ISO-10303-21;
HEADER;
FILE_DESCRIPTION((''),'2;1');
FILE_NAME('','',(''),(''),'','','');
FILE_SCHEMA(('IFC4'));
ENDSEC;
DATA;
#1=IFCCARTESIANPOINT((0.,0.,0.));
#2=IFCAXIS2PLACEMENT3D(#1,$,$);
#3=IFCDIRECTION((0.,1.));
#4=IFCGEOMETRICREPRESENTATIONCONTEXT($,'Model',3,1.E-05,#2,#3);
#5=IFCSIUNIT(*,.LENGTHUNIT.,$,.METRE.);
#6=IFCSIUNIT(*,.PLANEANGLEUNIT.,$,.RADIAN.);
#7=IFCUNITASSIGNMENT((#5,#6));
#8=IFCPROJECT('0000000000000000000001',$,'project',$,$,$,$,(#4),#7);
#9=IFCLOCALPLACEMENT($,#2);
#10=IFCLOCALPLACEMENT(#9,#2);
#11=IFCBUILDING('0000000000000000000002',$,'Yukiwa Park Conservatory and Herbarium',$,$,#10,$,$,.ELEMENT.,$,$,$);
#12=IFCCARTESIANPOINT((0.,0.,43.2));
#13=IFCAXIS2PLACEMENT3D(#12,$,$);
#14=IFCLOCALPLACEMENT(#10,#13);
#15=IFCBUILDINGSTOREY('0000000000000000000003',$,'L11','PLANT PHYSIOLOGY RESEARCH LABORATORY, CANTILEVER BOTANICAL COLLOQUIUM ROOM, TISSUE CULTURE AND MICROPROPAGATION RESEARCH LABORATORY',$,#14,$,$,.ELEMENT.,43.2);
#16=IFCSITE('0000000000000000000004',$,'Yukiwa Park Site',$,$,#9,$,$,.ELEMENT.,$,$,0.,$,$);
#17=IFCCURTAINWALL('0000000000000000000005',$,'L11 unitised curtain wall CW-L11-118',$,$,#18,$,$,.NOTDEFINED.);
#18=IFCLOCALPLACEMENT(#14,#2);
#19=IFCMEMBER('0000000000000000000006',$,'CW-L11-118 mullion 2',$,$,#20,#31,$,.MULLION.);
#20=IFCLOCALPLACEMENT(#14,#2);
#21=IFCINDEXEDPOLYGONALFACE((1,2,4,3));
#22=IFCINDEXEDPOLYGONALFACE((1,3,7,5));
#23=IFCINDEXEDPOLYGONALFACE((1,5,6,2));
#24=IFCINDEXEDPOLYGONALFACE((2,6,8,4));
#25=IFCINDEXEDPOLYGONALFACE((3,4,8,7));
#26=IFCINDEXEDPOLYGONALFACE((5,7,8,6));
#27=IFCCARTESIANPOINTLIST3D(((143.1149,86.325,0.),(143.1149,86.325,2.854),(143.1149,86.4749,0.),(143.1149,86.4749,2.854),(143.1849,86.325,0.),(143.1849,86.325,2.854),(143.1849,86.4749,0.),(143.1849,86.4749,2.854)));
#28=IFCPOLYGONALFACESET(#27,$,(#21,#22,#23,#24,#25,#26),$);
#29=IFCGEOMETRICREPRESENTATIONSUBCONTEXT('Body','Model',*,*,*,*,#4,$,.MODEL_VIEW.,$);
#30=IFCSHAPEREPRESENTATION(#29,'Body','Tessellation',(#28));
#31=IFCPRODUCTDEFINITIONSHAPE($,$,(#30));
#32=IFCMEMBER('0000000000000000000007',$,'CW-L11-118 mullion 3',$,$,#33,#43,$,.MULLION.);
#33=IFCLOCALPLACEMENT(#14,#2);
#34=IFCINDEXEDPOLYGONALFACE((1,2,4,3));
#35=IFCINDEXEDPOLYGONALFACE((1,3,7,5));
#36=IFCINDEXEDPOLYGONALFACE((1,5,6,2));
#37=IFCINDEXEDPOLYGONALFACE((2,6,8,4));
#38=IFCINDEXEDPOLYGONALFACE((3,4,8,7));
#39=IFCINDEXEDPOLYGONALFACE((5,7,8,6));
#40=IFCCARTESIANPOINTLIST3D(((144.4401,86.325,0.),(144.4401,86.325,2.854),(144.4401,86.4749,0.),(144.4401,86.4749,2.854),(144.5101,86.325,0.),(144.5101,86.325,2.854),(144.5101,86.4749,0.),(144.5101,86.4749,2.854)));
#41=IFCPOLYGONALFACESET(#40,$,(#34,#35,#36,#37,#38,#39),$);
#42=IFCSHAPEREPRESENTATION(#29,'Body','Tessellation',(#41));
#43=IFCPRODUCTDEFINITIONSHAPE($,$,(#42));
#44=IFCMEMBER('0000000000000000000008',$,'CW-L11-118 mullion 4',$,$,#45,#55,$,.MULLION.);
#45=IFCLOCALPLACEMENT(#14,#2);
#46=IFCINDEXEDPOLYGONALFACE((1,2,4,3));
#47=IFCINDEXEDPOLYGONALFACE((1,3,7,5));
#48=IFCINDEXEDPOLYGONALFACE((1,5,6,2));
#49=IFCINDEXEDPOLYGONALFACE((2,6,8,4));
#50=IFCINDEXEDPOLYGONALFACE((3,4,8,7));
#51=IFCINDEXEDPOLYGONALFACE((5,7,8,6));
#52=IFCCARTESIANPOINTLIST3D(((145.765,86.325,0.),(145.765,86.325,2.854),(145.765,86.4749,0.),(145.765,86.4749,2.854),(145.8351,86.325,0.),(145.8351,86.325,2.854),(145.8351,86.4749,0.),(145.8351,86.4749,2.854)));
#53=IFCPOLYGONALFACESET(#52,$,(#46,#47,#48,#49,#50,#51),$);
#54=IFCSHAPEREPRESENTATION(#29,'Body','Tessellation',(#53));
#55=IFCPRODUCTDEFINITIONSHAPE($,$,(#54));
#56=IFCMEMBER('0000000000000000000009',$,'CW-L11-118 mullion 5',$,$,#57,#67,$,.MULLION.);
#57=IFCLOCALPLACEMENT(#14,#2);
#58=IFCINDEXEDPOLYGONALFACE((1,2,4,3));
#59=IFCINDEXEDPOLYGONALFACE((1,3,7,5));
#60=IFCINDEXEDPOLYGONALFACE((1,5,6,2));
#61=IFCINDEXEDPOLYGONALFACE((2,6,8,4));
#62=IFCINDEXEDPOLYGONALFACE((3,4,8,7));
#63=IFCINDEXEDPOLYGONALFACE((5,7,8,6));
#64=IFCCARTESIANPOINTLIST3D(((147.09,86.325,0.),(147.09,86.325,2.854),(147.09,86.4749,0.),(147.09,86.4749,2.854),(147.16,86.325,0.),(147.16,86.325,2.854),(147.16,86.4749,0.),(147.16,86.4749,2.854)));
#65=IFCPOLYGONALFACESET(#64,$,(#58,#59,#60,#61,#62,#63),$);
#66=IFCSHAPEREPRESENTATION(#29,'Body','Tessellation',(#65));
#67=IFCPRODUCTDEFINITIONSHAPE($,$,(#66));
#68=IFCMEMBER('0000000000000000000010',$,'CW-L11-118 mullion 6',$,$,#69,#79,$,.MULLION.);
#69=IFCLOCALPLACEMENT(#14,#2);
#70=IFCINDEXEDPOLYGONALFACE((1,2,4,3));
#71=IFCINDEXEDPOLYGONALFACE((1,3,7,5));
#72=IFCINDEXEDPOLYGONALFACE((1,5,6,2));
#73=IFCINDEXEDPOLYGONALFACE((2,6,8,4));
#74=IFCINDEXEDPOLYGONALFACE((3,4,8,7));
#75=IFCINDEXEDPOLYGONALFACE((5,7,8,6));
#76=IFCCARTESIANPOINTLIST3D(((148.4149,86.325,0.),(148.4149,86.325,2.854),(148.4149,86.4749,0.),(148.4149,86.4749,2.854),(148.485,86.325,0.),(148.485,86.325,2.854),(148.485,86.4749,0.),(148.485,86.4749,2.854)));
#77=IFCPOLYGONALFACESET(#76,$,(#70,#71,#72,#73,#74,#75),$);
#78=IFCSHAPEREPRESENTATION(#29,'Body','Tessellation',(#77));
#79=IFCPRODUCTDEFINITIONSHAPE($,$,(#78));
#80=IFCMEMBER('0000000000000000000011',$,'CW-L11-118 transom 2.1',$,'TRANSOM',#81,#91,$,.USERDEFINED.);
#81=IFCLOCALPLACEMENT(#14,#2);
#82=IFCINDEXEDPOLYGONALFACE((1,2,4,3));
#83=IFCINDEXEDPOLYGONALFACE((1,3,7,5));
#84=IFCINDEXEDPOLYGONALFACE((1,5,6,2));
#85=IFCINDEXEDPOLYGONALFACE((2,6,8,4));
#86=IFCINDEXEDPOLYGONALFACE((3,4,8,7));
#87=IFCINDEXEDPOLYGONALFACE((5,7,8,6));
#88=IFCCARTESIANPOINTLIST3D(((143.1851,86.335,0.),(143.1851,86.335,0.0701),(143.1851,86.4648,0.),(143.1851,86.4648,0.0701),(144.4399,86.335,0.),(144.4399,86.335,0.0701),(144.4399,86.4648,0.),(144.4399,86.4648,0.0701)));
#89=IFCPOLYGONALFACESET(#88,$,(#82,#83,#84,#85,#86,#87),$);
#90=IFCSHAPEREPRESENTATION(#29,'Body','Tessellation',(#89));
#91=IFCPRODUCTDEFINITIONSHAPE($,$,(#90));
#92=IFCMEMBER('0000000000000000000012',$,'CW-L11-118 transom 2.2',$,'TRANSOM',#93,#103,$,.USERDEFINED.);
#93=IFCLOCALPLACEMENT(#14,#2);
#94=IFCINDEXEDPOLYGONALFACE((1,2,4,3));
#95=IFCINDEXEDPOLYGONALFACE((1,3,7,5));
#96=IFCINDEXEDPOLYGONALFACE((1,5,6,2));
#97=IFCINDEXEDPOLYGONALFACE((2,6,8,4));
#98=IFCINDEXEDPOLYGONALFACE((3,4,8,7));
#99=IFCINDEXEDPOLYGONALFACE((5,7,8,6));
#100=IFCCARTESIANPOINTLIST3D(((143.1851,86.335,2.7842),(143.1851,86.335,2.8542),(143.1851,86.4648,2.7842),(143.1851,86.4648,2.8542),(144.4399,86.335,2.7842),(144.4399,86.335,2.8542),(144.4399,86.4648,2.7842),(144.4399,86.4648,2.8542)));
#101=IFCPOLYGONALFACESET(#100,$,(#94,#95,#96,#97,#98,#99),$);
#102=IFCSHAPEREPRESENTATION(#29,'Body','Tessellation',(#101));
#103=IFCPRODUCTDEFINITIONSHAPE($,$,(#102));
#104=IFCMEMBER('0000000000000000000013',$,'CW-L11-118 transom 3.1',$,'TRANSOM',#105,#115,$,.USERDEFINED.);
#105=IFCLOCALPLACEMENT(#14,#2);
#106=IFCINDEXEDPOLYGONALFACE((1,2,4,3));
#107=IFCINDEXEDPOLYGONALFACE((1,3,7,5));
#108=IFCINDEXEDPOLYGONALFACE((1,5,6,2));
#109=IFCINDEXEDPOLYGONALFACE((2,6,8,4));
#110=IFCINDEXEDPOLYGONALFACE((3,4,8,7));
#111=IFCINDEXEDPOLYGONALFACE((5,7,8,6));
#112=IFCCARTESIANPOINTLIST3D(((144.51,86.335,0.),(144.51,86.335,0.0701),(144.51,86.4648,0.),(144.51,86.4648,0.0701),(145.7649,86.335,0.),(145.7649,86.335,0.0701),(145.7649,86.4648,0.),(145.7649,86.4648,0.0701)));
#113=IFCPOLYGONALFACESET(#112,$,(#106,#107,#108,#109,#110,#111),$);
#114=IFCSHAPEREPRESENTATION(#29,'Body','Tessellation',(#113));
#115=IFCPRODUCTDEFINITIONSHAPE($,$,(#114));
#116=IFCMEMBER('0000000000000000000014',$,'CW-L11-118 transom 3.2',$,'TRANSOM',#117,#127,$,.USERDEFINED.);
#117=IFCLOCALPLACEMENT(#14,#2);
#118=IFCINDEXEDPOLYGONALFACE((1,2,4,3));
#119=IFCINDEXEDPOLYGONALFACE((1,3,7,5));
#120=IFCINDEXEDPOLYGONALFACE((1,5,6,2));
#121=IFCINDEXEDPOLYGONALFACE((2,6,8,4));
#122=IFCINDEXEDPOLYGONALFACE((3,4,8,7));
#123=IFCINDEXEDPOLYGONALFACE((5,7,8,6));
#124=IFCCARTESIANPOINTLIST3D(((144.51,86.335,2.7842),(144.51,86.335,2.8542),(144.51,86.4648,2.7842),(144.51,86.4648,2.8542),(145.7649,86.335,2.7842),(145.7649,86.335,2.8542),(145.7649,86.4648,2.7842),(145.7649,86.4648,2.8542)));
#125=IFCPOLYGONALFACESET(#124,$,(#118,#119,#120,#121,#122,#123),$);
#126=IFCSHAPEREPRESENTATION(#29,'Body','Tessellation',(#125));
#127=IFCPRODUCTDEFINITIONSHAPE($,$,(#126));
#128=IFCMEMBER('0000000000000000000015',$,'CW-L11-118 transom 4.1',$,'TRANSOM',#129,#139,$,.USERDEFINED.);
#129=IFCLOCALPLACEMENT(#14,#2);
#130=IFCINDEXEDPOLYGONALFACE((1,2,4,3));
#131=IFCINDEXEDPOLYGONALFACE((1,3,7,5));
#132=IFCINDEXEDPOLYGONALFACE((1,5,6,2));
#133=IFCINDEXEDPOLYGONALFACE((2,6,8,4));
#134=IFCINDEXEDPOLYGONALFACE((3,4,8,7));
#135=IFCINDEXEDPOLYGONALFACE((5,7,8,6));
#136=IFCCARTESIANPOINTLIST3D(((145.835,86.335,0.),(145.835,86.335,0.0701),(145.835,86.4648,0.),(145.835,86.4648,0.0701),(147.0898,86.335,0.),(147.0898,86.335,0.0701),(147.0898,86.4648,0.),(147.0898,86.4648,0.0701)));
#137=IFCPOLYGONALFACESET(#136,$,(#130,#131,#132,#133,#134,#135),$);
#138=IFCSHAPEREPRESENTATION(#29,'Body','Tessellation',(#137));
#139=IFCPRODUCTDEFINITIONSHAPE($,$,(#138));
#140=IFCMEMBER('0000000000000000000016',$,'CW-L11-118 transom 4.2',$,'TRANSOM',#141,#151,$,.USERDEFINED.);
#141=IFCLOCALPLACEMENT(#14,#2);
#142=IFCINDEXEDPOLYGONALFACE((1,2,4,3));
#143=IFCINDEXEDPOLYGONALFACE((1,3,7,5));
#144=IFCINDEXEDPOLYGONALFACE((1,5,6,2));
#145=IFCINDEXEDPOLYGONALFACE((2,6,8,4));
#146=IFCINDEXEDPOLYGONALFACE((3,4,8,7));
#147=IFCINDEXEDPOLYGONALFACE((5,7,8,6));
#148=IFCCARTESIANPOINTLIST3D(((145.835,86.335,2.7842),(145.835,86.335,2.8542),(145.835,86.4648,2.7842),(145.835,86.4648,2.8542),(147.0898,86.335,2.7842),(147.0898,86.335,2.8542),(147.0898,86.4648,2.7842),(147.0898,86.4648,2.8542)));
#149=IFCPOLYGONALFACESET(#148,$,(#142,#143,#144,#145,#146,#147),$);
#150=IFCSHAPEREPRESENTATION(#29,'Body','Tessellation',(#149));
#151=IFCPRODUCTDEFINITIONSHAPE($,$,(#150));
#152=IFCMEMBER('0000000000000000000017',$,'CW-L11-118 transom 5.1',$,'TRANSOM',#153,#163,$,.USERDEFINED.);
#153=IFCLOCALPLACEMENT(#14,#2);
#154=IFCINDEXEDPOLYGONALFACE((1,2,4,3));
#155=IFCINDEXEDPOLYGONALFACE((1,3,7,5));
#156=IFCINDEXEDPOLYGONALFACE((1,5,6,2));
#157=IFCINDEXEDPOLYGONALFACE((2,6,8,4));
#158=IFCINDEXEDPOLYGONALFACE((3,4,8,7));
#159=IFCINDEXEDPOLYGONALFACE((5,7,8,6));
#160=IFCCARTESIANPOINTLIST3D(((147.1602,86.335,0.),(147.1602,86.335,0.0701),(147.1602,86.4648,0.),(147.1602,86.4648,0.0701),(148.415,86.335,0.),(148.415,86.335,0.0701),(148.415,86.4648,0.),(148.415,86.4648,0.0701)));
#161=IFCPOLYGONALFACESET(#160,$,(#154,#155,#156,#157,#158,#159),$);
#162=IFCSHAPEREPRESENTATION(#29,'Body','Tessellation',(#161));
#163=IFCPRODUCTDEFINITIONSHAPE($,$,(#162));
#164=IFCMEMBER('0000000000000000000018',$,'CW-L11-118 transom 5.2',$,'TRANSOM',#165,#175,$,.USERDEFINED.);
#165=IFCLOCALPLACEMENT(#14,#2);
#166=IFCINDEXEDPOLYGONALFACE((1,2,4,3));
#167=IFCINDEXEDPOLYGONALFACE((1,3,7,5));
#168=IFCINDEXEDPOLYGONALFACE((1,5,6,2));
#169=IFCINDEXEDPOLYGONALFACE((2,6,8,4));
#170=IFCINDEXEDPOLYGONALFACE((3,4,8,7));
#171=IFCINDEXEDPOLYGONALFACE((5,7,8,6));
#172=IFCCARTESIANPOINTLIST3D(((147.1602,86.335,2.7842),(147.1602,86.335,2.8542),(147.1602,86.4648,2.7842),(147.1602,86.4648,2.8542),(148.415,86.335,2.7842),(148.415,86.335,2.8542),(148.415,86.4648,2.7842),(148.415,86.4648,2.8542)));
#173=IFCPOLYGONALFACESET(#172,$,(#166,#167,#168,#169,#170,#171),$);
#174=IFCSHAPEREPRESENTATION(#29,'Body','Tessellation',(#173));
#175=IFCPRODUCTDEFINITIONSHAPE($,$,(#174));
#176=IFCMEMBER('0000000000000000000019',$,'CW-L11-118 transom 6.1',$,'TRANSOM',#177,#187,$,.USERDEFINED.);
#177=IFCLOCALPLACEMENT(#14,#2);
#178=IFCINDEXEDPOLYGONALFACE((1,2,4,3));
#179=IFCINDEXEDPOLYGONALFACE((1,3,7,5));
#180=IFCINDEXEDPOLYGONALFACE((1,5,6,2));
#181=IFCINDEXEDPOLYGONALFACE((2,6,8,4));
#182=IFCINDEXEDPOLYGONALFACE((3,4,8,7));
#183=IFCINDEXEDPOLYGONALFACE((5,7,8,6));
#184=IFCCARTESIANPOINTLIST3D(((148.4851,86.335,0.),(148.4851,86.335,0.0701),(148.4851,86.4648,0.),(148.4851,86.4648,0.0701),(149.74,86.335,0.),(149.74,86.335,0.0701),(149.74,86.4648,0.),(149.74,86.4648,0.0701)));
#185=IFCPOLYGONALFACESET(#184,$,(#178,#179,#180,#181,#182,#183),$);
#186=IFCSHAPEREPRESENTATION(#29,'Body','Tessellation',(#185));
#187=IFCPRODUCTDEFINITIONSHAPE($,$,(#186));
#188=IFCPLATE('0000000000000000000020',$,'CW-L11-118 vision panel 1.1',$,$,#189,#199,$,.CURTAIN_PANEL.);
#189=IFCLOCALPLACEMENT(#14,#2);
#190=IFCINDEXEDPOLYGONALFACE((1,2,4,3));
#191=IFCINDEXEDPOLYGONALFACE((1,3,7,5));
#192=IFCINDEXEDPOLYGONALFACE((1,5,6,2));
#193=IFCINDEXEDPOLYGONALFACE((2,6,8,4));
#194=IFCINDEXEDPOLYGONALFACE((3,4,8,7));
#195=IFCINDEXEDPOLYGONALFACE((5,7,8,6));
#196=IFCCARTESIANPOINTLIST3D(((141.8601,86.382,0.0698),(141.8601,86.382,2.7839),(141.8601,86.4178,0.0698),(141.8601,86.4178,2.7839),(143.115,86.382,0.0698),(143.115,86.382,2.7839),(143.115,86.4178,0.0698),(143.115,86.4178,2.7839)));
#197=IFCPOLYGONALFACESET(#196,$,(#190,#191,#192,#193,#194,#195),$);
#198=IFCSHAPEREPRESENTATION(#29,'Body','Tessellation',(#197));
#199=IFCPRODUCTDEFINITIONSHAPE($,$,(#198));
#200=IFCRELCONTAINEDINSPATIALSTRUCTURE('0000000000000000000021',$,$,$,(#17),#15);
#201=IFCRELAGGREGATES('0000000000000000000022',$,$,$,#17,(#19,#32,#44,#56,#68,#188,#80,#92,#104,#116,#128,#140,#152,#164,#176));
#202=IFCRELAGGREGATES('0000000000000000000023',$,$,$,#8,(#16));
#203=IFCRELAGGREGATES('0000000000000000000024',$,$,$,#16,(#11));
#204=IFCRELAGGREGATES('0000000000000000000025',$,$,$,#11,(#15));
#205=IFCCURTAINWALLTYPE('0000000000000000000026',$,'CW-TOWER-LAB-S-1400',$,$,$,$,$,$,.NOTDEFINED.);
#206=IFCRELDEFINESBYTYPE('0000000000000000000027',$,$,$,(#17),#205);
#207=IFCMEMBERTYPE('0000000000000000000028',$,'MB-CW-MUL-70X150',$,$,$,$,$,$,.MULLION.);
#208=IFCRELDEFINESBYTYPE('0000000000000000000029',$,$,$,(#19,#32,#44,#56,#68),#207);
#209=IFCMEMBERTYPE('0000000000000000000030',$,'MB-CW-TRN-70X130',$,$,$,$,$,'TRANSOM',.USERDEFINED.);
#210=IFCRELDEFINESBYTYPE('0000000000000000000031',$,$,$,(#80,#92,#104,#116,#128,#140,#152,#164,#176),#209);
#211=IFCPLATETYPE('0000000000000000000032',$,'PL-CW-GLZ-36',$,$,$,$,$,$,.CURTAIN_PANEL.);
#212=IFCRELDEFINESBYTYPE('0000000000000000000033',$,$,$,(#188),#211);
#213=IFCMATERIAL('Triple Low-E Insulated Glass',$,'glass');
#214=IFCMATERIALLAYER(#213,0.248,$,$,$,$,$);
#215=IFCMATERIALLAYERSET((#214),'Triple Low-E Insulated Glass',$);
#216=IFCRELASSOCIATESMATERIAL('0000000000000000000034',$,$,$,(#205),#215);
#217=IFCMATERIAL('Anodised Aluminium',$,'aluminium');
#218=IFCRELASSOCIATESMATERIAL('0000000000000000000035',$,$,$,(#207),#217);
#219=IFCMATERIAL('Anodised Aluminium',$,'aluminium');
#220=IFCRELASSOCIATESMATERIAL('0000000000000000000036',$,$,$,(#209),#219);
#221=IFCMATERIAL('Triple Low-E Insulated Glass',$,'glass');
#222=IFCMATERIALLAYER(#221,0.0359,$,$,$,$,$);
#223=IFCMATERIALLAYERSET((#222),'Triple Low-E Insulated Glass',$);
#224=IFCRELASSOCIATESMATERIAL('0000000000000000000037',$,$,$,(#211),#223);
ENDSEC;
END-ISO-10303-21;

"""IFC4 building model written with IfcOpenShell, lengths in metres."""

from ifc_helpers import new_model, si_unit, direction, frame, origin, origin_2d, place, context, subcontext, project, spatial, rectangle, extrude, material, layer, layer_set, type_object, element, aggregate, save


model = new_model("IFC4")

# Units and contexts
model_context = context("Model", 3, precision=1e-05, world=origin(), true_north=direction((0.0, 1.0)))
body_context = subcontext(model_context, "Body", "Model", "MODEL_VIEW")
ifc_project = project(units=[si_unit("LENGTHUNIT", "METRE"), si_unit("PLANEANGLEUNIT", "RADIAN")], contexts=[model_context])

# Site, building, storey
site_placement = place(None, origin())
site = spatial("IfcSite", under=ifc_project, at=site_placement, Name="Yukiwa Park Site", CompositionType="ELEMENT", RefElevation=0.0)
building_placement = place(site_placement, origin())
building = spatial("IfcBuilding", under=site, at=building_placement, Name="Yukiwa Park Conservatory and Herbarium", CompositionType="ELEMENT")
storey_placement = place(building_placement, frame((0.0, 0.0, 43.2)))
storey = spatial("IfcBuildingStorey", under=building, at=storey_placement, Name="L11", Description="PLANT PHYSIOLOGY RESEARCH LABORATORY, CANTILEVER BOTANICAL COLLOQUIUM ROOM, TISSUE CULTURE AND MICROPROPAGATION RESEARCH LABORATORY", CompositionType="ELEMENT", Elevation=43.2)

# Curtain wall, members, plate
ifc_material_1 = material(Name="Triple Low-E Insulated Glass", Category="glass")
ifc_layer_1 = layer(ifc_material_1, 0.248)
ifc_layer_set_1 = layer_set([ifc_layer_1], Name="Triple Low-E Insulated Glass")
curtain_wall_type = type_object("IfcCurtainWallType", Name="CW-TOWER-LAB-S-1400", PredefinedType="NOTDEFINED", material=ifc_layer_set_1)
curtain_wall_placement = place(storey_placement, origin())
curtain_wall = element("IfcCurtainWall", 1, at=curtain_wall_placement, inside=storey, type_object=curtain_wall_type, Name="L11 unitised curtain wall CW-L11-118", PredefinedType="NOTDEFINED")
ifc_material_2 = material(Name="Anodised Aluminium", Category="aluminium")
member_type_1 = type_object("IfcMemberType", Name="MB-CW-MUL-70X150", PredefinedType="MULLION", material=ifc_material_2)
member_1_placement = place(storey_placement, frame((143.1499, 86.3999, 0.0), z_axis=(0.0, 0.0, 1.0), x_axis=(1.0, 0.0, 0.0)))
member_1 = element("IfcMember", 2, at=member_1_placement, type_object=member_type_1, Name="CW-L11-118 mullion 2", PredefinedType="MULLION", context=body_context, shape_type="SweptSolid", body=[
    extrude(rectangle(XDim=0.0701, YDim=0.1499, at=origin_2d()), origin(), (0.0, 0.0, 1.0), 2.854),
])
member_2_placement = place(storey_placement, frame((144.4751, 86.3999, 0.0), z_axis=(0.0, 0.0, 1.0), x_axis=(1.0, 0.0, 0.0)))
member_2 = element("IfcMember", 3, at=member_2_placement, type_object=member_type_1, Name="CW-L11-118 mullion 3", PredefinedType="MULLION", context=body_context, shape_type="SweptSolid", body=[
    extrude(rectangle(XDim=0.0701, YDim=0.1499, at=origin_2d()), origin(), (0.0, 0.0, 1.0), 2.854),
])
member_3_placement = place(storey_placement, frame((145.8, 86.3999, 0.0), z_axis=(0.0, 0.0, 1.0), x_axis=(1.0, 0.0, 0.0)))
member_3 = element("IfcMember", 4, at=member_3_placement, type_object=member_type_1, Name="CW-L11-118 mullion 4", PredefinedType="MULLION", context=body_context, shape_type="SweptSolid", body=[
    extrude(rectangle(XDim=0.0701, YDim=0.1499, at=origin_2d()), origin(), (0.0, 0.0, 1.0), 2.854),
])
member_4_placement = place(storey_placement, frame((147.125, 86.3999, 0.0), z_axis=(0.0, 0.0, 1.0), x_axis=(1.0, 0.0, 0.0)))
member_4 = element("IfcMember", 5, at=member_4_placement, type_object=member_type_1, Name="CW-L11-118 mullion 5", PredefinedType="MULLION", context=body_context, shape_type="SweptSolid", body=[
    extrude(rectangle(XDim=0.0701, YDim=0.1499, at=origin_2d()), origin(), (0.0, 0.0, 1.0), 2.854),
])
member_5_placement = place(storey_placement, frame((148.45, 86.3999, 0.0), z_axis=(0.0, 0.0, 1.0), x_axis=(1.0, 0.0, 0.0)))
member_5 = element("IfcMember", 6, at=member_5_placement, type_object=member_type_1, Name="CW-L11-118 mullion 6", PredefinedType="MULLION", context=body_context, shape_type="SweptSolid", body=[
    extrude(rectangle(XDim=0.0701, YDim=0.1499, at=origin_2d()), origin(), (0.0, 0.0, 1.0), 2.854),
])
ifc_material_3 = material(Name="Anodised Aluminium", Category="aluminium")
member_type_2 = type_object("IfcMemberType", Name="MB-CW-TRN-70X130", ElementType="TRANSOM", PredefinedType="USERDEFINED", material=ifc_material_3)
member_6_placement = place(storey_placement, frame((143.8125, 86.3999, 0.0), z_axis=(0.0, 0.0, 1.0), x_axis=(1.0, 0.0, 0.0)))
member_6 = element("IfcMember", 7, at=member_6_placement, type_object=member_type_2, Name="CW-L11-118 transom 2.1", ObjectType="TRANSOM", PredefinedType="USERDEFINED", context=body_context, shape_type="SweptSolid", body=[
    extrude(rectangle(XDim=1.2549, YDim=0.1299, at=origin_2d()), origin(), (0.0, 0.0, 1.0), 0.0701),
])
member_7_placement = place(storey_placement, frame((143.8125, 86.3999, 2.7842), z_axis=(0.0, 0.0, 1.0), x_axis=(1.0, 0.0, 0.0)))
member_7 = element("IfcMember", 8, at=member_7_placement, type_object=member_type_2, Name="CW-L11-118 transom 2.2", ObjectType="TRANSOM", PredefinedType="USERDEFINED", context=body_context, shape_type="SweptSolid", body=[
    extrude(rectangle(XDim=1.2549, YDim=0.1299, at=origin_2d()), origin(), (0.0, 0.0, 1.0), 0.0701),
])
member_8_placement = place(storey_placement, frame((145.1375, 86.3999, 0.0), z_axis=(0.0, 0.0, 1.0), x_axis=(1.0, 0.0, 0.0)))
member_8 = element("IfcMember", 9, at=member_8_placement, type_object=member_type_2, Name="CW-L11-118 transom 3.1", ObjectType="TRANSOM", PredefinedType="USERDEFINED", context=body_context, shape_type="SweptSolid", body=[
    extrude(rectangle(XDim=1.2549, YDim=0.1299, at=origin_2d()), origin(), (0.0, 0.0, 1.0), 0.0701),
])
member_9_placement = place(storey_placement, frame((145.1375, 86.3999, 2.7842), z_axis=(0.0, 0.0, 1.0), x_axis=(1.0, 0.0, 0.0)))
member_9 = element("IfcMember", 10, at=member_9_placement, type_object=member_type_2, Name="CW-L11-118 transom 3.2", ObjectType="TRANSOM", PredefinedType="USERDEFINED", context=body_context, shape_type="SweptSolid", body=[
    extrude(rectangle(XDim=1.2549, YDim=0.1299, at=origin_2d()), origin(), (0.0, 0.0, 1.0), 0.0701),
])
member_10_placement = place(storey_placement, frame((146.4624, 86.3999, 0.0), z_axis=(0.0, 0.0, 1.0), x_axis=(1.0, 0.0, 0.0)))
member_10 = element("IfcMember", 11, at=member_10_placement, type_object=member_type_2, Name="CW-L11-118 transom 4.1", ObjectType="TRANSOM", PredefinedType="USERDEFINED", context=body_context, shape_type="SweptSolid", body=[
    extrude(rectangle(XDim=1.2549, YDim=0.1299, at=origin_2d()), origin(), (0.0, 0.0, 1.0), 0.0701),
])
member_11_placement = place(storey_placement, frame((146.4624, 86.3999, 2.7842), z_axis=(0.0, 0.0, 1.0), x_axis=(1.0, 0.0, 0.0)))
member_11 = element("IfcMember", 12, at=member_11_placement, type_object=member_type_2, Name="CW-L11-118 transom 4.2", ObjectType="TRANSOM", PredefinedType="USERDEFINED", context=body_context, shape_type="SweptSolid", body=[
    extrude(rectangle(XDim=1.2549, YDim=0.1299, at=origin_2d()), origin(), (0.0, 0.0, 1.0), 0.0701),
])
member_12_placement = place(storey_placement, frame((147.7876, 86.3999, 0.0), z_axis=(0.0, 0.0, 1.0), x_axis=(1.0, 0.0, 0.0)))
member_12 = element("IfcMember", 13, at=member_12_placement, type_object=member_type_2, Name="CW-L11-118 transom 5.1", ObjectType="TRANSOM", PredefinedType="USERDEFINED", context=body_context, shape_type="SweptSolid", body=[
    extrude(rectangle(XDim=1.2549, YDim=0.1299, at=origin_2d()), origin(), (0.0, 0.0, 1.0), 0.0701),
])
member_13_placement = place(storey_placement, frame((147.7876, 86.3999, 2.7842), z_axis=(0.0, 0.0, 1.0), x_axis=(1.0, 0.0, 0.0)))
member_13 = element("IfcMember", 14, at=member_13_placement, type_object=member_type_2, Name="CW-L11-118 transom 5.2", ObjectType="TRANSOM", PredefinedType="USERDEFINED", context=body_context, shape_type="SweptSolid", body=[
    extrude(rectangle(XDim=1.2549, YDim=0.1299, at=origin_2d()), origin(), (0.0, 0.0, 1.0), 0.0701),
])
member_14_placement = place(storey_placement, frame((149.1125, 86.3999, 0.0), z_axis=(0.0, 0.0, 1.0), x_axis=(1.0, 0.0, 0.0)))
member_14 = element("IfcMember", 15, at=member_14_placement, type_object=member_type_2, Name="CW-L11-118 transom 6.1", ObjectType="TRANSOM", PredefinedType="USERDEFINED", context=body_context, shape_type="SweptSolid", body=[
    extrude(rectangle(XDim=1.2549, YDim=0.1299, at=origin_2d()), origin(), (0.0, 0.0, 1.0), 0.0701),
])
ifc_material_4 = material(Name="Triple Low-E Insulated Glass", Category="glass")
ifc_layer_2 = layer(ifc_material_4, 0.0359)
ifc_layer_set_2 = layer_set([ifc_layer_2], Name="Triple Low-E Insulated Glass")
plate_type_1 = type_object("IfcPlateType", Name="PL-CW-GLZ-36", PredefinedType="CURTAIN_PANEL", material=ifc_layer_set_2)
plate_1_placement = place(storey_placement, frame((142.4875, 86.3999, 0.0698), z_axis=(0.0, 0.0, 1.0), x_axis=(1.0, 0.0, 0.0)))
plate_1 = element("IfcPlate", 16, at=plate_1_placement, type_object=plate_type_1, Name="CW-L11-118 vision panel 1.1", PredefinedType="CURTAIN_PANEL", context=body_context, shape_type="SweptSolid", body=[
    extrude(rectangle(XDim=1.2549, YDim=0.0359, at=origin_2d()), origin(), (0.0, 0.0, 1.0), 2.7141),
])
aggregate(curtain_wall, [member_1, member_2, member_3, member_4, member_5, plate_1, member_6, member_7, member_8, member_9, member_10, member_11, member_12, member_13, member_14])

save(model, "model.ifc")
